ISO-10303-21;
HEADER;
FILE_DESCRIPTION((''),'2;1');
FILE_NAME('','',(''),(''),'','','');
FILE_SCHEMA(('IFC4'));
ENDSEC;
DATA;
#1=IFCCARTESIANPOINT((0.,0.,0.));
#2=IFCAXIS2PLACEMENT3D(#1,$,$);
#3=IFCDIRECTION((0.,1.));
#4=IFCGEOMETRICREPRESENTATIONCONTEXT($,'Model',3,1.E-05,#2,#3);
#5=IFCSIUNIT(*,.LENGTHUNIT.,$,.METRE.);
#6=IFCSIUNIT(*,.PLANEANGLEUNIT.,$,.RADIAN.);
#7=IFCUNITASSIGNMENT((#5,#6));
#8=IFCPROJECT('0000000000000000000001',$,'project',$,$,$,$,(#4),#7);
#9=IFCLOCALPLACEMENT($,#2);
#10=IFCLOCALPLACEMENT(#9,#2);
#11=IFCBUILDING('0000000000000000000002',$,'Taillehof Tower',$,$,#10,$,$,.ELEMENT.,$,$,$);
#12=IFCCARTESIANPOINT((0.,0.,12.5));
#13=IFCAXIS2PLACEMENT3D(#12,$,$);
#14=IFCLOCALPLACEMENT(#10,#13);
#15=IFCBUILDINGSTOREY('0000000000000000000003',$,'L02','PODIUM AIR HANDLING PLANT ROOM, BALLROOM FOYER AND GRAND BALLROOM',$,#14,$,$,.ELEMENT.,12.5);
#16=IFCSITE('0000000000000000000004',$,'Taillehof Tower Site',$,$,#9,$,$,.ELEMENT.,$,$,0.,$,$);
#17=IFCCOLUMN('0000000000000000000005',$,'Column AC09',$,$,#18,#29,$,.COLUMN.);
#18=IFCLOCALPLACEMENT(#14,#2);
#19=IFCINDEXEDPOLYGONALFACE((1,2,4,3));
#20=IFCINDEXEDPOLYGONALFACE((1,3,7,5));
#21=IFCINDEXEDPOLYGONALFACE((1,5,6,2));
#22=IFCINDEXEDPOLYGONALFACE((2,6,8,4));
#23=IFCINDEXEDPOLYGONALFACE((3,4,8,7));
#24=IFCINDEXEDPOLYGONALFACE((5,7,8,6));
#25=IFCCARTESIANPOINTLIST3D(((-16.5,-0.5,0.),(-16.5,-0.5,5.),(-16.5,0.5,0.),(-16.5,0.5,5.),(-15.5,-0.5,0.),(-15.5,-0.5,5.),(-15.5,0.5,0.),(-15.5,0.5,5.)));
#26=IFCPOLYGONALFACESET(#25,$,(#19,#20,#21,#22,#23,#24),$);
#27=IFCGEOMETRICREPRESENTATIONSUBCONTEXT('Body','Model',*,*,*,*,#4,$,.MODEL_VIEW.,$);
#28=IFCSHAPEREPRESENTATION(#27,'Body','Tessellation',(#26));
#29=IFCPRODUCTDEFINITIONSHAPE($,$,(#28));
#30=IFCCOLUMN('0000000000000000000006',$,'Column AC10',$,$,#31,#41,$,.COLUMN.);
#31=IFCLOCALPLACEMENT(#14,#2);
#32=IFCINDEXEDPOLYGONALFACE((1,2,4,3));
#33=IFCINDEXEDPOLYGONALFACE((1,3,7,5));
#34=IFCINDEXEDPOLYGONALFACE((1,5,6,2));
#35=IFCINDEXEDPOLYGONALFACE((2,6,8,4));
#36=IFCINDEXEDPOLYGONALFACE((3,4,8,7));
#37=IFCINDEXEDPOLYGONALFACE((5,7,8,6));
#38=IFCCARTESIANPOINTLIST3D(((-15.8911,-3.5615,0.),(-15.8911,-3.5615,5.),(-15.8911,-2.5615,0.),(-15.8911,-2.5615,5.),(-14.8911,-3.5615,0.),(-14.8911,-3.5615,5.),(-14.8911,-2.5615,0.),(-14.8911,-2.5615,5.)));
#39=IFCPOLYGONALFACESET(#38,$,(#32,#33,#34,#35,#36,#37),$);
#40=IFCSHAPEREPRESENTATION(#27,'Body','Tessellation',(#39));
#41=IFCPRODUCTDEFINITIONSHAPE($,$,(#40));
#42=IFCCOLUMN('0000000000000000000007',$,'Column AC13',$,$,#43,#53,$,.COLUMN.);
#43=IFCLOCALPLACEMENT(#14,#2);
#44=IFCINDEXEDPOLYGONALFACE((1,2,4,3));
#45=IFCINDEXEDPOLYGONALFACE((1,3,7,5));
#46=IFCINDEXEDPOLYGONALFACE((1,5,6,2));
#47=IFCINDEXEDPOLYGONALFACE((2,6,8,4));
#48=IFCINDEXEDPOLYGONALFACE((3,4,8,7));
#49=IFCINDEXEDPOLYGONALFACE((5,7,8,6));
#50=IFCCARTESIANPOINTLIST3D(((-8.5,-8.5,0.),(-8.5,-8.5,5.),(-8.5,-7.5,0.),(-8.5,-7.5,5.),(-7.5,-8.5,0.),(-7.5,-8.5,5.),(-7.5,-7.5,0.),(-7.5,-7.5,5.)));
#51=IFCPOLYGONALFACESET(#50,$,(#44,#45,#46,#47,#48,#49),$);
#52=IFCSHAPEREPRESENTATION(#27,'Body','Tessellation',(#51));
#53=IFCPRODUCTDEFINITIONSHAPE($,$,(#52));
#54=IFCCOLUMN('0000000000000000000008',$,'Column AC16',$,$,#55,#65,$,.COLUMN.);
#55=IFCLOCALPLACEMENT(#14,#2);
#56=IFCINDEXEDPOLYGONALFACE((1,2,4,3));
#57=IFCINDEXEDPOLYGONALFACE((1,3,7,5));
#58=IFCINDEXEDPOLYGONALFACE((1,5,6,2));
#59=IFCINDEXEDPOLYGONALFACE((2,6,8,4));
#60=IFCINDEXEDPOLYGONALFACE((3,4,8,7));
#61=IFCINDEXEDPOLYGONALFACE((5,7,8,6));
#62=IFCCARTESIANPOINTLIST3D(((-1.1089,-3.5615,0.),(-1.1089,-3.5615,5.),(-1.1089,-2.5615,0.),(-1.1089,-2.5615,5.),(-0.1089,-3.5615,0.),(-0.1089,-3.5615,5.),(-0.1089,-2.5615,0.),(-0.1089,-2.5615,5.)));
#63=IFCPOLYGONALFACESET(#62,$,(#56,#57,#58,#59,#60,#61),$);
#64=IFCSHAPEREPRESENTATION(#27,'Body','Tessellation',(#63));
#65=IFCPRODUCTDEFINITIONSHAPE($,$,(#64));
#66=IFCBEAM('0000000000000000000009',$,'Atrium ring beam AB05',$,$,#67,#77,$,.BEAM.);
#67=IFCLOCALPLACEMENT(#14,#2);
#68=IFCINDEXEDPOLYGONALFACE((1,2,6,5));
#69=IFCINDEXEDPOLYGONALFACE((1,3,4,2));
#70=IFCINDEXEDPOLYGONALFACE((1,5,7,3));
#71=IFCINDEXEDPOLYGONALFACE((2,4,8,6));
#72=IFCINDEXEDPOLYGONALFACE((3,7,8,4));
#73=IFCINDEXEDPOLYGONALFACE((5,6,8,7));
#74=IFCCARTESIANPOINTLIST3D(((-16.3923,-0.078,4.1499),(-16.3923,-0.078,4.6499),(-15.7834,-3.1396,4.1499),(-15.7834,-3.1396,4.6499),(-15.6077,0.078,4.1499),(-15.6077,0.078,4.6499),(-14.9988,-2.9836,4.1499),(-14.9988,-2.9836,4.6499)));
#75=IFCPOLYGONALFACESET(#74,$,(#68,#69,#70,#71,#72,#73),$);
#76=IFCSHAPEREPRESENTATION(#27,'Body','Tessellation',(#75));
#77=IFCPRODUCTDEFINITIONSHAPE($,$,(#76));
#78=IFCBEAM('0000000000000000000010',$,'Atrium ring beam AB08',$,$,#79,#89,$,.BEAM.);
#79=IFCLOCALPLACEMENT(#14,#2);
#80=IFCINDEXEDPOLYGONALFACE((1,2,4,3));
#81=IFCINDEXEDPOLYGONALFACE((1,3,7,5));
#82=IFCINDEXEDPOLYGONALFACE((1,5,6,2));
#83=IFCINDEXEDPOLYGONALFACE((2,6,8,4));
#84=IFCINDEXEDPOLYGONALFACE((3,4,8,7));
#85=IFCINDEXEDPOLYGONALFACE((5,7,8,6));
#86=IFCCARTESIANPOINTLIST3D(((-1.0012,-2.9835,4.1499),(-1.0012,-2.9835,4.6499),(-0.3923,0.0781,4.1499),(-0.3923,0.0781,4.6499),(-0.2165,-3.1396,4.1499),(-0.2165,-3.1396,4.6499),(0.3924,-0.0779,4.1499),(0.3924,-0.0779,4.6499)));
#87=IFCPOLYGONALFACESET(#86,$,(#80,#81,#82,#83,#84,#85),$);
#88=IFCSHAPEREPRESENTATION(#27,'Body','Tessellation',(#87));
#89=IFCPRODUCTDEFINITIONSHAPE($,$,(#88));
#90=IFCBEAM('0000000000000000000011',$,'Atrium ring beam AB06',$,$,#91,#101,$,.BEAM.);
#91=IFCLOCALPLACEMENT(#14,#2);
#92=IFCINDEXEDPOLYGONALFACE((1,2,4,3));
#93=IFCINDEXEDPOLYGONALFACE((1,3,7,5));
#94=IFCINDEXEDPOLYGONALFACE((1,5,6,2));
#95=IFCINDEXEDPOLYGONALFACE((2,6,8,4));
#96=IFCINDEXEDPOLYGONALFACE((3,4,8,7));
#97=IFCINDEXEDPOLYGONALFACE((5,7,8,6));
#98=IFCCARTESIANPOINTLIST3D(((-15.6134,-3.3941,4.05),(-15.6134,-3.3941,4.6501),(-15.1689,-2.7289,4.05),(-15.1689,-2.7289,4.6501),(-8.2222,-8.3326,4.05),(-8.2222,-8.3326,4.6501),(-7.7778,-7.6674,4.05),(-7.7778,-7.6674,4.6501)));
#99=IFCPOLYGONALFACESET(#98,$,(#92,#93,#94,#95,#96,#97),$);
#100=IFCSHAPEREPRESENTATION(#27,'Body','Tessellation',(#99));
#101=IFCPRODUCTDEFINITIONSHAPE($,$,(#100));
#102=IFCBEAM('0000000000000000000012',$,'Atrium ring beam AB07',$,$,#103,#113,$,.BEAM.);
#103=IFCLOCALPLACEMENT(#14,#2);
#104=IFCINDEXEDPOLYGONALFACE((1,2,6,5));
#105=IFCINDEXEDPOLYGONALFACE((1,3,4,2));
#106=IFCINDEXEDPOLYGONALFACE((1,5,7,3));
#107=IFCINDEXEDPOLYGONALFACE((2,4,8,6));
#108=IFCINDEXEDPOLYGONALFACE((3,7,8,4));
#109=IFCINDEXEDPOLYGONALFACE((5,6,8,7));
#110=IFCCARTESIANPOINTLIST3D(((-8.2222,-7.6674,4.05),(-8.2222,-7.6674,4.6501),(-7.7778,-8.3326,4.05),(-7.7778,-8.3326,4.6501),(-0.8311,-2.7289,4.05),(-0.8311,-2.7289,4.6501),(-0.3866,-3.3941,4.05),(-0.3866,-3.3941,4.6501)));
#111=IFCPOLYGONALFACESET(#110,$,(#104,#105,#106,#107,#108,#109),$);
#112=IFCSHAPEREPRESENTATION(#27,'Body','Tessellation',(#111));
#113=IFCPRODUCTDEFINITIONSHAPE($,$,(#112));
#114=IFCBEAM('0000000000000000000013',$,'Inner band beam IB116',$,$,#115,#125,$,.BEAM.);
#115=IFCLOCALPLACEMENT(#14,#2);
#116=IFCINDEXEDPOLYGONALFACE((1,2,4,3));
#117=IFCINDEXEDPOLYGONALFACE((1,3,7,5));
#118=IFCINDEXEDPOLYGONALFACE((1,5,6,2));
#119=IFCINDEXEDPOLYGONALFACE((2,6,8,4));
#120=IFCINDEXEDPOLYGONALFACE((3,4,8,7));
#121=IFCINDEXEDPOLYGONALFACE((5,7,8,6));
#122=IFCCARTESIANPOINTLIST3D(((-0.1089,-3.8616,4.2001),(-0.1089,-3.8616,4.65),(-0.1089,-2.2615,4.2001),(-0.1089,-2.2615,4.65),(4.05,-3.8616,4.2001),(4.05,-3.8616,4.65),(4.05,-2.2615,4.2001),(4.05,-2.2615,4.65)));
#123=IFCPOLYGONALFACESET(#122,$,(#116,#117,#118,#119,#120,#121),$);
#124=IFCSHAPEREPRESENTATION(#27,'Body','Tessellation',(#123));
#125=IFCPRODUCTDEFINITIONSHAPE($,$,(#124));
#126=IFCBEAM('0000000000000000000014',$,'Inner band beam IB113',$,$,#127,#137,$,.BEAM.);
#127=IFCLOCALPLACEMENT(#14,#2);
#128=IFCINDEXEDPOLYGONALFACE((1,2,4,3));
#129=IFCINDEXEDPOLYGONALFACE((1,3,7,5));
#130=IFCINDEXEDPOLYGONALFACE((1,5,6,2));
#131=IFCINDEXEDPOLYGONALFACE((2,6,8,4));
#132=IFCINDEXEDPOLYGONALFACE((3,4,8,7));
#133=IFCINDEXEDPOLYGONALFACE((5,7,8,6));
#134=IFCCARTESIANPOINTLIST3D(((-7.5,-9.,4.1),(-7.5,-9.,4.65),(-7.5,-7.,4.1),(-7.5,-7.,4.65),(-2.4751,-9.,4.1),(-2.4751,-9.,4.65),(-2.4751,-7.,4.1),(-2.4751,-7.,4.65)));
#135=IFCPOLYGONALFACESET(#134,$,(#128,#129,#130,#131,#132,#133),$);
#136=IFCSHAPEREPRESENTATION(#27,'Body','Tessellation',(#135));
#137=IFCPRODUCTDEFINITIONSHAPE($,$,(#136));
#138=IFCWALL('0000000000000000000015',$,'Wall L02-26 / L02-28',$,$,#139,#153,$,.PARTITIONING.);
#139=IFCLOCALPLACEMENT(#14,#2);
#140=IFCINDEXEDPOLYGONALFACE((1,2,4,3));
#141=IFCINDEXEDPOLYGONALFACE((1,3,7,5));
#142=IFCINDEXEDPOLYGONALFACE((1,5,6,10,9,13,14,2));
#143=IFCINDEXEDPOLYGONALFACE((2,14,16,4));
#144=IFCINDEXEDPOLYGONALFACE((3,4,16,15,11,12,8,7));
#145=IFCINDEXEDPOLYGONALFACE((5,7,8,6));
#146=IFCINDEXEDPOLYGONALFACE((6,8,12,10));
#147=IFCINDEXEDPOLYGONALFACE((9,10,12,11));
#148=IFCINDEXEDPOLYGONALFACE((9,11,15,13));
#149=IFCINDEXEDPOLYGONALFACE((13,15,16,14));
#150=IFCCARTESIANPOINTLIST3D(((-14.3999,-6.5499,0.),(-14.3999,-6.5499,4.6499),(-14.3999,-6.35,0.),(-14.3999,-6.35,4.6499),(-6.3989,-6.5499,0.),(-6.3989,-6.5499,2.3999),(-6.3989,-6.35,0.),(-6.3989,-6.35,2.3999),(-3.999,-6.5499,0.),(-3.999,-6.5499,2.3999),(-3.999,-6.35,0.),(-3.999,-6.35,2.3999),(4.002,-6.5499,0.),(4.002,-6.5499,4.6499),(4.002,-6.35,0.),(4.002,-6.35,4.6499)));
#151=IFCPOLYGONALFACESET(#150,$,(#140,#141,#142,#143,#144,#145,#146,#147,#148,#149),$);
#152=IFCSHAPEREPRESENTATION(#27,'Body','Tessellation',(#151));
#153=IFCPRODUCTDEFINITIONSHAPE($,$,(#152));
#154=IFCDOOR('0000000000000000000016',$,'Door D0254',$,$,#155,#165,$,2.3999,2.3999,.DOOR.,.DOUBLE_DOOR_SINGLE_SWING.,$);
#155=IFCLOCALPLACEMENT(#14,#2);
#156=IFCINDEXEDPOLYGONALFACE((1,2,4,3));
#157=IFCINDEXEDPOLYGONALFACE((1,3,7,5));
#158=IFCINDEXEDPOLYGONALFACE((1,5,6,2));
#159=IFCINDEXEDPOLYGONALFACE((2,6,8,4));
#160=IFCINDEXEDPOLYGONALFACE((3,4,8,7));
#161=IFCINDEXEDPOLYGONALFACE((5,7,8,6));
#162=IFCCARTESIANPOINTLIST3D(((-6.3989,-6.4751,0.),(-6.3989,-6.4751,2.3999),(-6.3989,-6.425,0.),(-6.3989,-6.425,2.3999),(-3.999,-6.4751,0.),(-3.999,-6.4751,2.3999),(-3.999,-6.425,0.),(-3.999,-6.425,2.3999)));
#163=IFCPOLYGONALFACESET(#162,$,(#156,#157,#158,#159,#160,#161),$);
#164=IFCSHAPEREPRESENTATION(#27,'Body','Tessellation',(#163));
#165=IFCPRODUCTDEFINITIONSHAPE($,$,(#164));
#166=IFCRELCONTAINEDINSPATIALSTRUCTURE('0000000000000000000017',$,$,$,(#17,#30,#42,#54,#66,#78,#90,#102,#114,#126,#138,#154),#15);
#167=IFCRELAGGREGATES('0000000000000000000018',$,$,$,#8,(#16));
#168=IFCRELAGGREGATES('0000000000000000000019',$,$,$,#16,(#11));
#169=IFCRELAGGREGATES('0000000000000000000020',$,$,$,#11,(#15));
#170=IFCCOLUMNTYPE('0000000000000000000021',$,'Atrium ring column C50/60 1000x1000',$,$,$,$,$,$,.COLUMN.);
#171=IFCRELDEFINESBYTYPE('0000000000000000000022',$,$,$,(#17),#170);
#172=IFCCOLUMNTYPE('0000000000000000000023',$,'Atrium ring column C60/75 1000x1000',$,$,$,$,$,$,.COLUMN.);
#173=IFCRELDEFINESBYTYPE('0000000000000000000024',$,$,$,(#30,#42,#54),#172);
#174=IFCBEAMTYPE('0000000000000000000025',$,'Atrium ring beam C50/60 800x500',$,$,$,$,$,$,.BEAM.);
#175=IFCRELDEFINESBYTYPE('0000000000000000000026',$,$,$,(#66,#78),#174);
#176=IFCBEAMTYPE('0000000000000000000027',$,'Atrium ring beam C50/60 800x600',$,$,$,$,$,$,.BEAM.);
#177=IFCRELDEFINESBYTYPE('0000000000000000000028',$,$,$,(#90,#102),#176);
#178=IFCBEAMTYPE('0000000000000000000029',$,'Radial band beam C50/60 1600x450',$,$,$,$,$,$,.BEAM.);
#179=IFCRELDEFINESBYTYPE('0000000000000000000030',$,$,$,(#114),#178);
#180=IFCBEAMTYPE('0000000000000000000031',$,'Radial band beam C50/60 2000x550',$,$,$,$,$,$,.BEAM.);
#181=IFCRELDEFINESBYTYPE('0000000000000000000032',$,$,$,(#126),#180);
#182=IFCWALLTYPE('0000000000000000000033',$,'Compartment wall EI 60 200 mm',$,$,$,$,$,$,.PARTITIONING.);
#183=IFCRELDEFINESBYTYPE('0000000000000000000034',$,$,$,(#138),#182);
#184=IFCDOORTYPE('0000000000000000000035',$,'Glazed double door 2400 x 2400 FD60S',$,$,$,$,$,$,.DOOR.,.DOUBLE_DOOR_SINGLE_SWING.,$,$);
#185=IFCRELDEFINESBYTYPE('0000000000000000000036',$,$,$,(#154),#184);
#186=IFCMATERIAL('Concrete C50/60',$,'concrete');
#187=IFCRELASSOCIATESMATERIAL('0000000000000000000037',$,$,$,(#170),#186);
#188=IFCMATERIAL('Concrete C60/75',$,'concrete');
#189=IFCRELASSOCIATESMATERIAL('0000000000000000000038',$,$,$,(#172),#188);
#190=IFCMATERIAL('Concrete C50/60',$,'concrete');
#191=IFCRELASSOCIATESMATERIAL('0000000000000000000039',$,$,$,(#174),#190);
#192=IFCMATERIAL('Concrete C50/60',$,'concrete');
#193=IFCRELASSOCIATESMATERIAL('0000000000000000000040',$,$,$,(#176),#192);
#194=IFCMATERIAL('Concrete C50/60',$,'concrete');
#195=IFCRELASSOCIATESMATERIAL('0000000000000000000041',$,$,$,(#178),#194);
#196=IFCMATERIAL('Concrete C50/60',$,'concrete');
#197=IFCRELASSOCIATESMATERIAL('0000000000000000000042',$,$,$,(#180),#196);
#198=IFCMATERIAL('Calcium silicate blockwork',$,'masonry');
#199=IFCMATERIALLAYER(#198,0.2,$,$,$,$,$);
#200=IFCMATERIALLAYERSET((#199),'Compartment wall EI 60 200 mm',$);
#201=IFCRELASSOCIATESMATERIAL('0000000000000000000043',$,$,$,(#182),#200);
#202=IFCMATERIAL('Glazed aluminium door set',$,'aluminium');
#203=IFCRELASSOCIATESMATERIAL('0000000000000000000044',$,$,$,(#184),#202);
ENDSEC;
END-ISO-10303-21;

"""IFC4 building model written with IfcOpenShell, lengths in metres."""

from ifc_helpers import new_model, si_unit, direction, frame, frame_2d, origin, origin_2d, place, context, subcontext, project, spatial, rectangle, extrude, material, layer, layer_set, material_profile, profile_set, type_object, element, fill, save


model = new_model("IFC4")

# Units and contexts
model_context = context("Model", 3, precision=1e-05, world=origin(), true_north=direction((0.0, 1.0)))
body_context = subcontext(model_context, "Body", "Model", "MODEL_VIEW")
ifc_project = project(units=[si_unit("LENGTHUNIT", "METRE"), si_unit("PLANEANGLEUNIT", "RADIAN")], contexts=[model_context])

# Site, building, storey
site_placement = place(None, origin())
site = spatial("IfcSite", under=ifc_project, at=site_placement, Name="Taillehof Tower Site", CompositionType="ELEMENT", RefElevation=0.0)
building_placement = place(site_placement, origin())
building = spatial("IfcBuilding", under=site, at=building_placement, Name="Taillehof Tower", CompositionType="ELEMENT")
storey_placement = place(building_placement, frame((0.0, 0.0, 12.5)))
storey = spatial("IfcBuildingStorey", under=building, at=storey_placement, Name="L02", Description="PODIUM AIR HANDLING PLANT ROOM, BALLROOM FOYER AND GRAND BALLROOM", CompositionType="ELEMENT", Elevation=12.5)

# Columns
ifc_material_1 = material(Name="Concrete C50/60", Category="concrete")
ifc_material_profile_1 = material_profile(ifc_material_1, rectangle(XDim=1.0, YDim=1.0, at=origin_2d()), Name="RC 1000x1000")
ifc_profile_set_1 = profile_set([ifc_material_profile_1], Name="Concrete C50/60")
column_type_1 = type_object("IfcColumnType", Name="Atrium ring column C50/60 1000x1000", PredefinedType="COLUMN", material=ifc_profile_set_1)
column_placement = place(storey_placement, frame((-16.0, 0.0, 0.0), z_axis=(0.0, 0.0, 1.0), x_axis=(1.0, 0.0, 0.0)))
element("IfcColumn", 1, at=column_placement, inside=storey, type_object=column_type_1, Name="Column AC09", PredefinedType="COLUMN", context=body_context, shape_type="SweptSolid", body=[
    extrude(rectangle(XDim=1.0, YDim=1.0, at=origin_2d()), origin(), (0.0, 0.0, 1.0), 5.0),
])
ifc_material_2 = material(Name="Concrete C60/75", Category="concrete")
ifc_material_profile_2 = material_profile(ifc_material_2, rectangle(XDim=1.0, YDim=1.0, at=origin_2d()), Name="RC 1000x1000")
ifc_profile_set_2 = profile_set([ifc_material_profile_2], Name="Concrete C60/75")
column_type_2 = type_object("IfcColumnType", Name="Atrium ring column C60/75 1000x1000", PredefinedType="COLUMN", material=ifc_profile_set_2)
for number, where, z_axis, x_axis, name in (
    (2, (-15.3911, -3.0615, 0.0), (0.0, 0.0, 1.0), (1.0, 0.0, 0.0), "Column AC10"),
    (3, (-8.0, -8.0, 0.0), (0.0, 0.0, 1.0), (1.0, 0.0, 0.0), "Column AC13"),
    (4, (-0.6089, -3.0615, 0.0), (0.0, 0.0, 1.0), (1.0, 0.0, 0.0), "Column AC16"),
):
    element("IfcColumn", number, at=place(storey_placement, frame(where, z_axis=z_axis, x_axis=x_axis)), inside=storey, type_object=column_type_2, Name=name, PredefinedType="COLUMN", context=body_context, shape_type="SweptSolid", body=[
        extrude(rectangle(XDim=1.0, YDim=1.0, at=origin_2d()), origin(), (0.0, 0.0, 1.0), 5.0),
    ])

# Beams
ifc_material_3 = material(Name="Concrete C50/60", Category="concrete")
ifc_material_profile_3 = material_profile(ifc_material_3, rectangle(XDim=0.8, YDim=0.5, at=origin_2d()), Name="RC 800x500")
ifc_profile_set_3 = profile_set([ifc_material_profile_3], Name="Concrete C50/60")
beam_type_1 = type_object("IfcBeamType", Name="Atrium ring beam C50/60 800x500", PredefinedType="BEAM", material=ifc_profile_set_3)
for number, where, z_axis, x_axis, name in (
    (5, (-16.0, 0.0, 4.3999), (0.195063, -0.980791, 0.0), (0.980791, 0.195063, 0.0), "Atrium ring beam AB05"),
    (6, (-0.6089, -3.0615, 4.3999), (0.195063, 0.980791, 0.0), (-0.980791, 0.195063, 0.0), "Atrium ring beam AB08"),
):
    element("IfcBeam", number, at=place(storey_placement, frame(where, z_axis=z_axis, x_axis=x_axis)), inside=storey, type_object=beam_type_1, Name=name, PredefinedType="BEAM", context=body_context, shape_type="SweptSolid", body=[
        extrude(rectangle(XDim=0.8, YDim=0.5, at=origin_2d()), origin(), (0.0, 0.0, 1.0), 3.1216),
    ])
ifc_material_4 = material(Name="Concrete C50/60", Category="concrete")
ifc_material_profile_4 = material_profile(ifc_material_4, rectangle(XDim=0.8, YDim=0.6001, at=origin_2d()), Name="RC 800x600")
ifc_profile_set_4 = profile_set([ifc_material_profile_4], Name="Concrete C50/60")
beam_type_2 = type_object("IfcBeamType", Name="Atrium ring beam C50/60 800x600", PredefinedType="BEAM", material=ifc_profile_set_4)
for number, where, z_axis, x_axis, name in (
    (7, (-15.3911, -3.0615, 4.3501), (0.831475, -0.555562, 0.0), (0.555562, 0.831475, 0.0), "Atrium ring beam AB06"),
    (8, (-8.0, -8.0, 4.3501), (0.831475, 0.555562, 0.0), (-0.555562, 0.831475, 0.0), "Atrium ring beam AB07"),
):
    element("IfcBeam", number, at=place(storey_placement, frame(where, z_axis=z_axis, x_axis=x_axis)), inside=storey, type_object=beam_type_2, Name=name, PredefinedType="BEAM", context=body_context, shape_type="SweptSolid", body=[
        extrude(rectangle(XDim=0.8, YDim=0.6001, at=origin_2d()), origin(), (0.0, 0.0, 1.0), 8.8892),
    ])
ifc_material_5 = material(Name="Concrete C50/60", Category="concrete")
ifc_material_profile_5 = material_profile(ifc_material_5, rectangle(XDim=1.6001, YDim=0.45, at=origin_2d()), Name="RC 1600x450")
ifc_profile_set_5 = profile_set([ifc_material_profile_5], Name="Concrete C50/60")
beam_type_3 = type_object("IfcBeamType", Name="Radial band beam C50/60 1600x450", PredefinedType="BEAM", material=ifc_profile_set_5)
beam_1_placement = place(storey_placement, frame((-0.1089, -3.0615, 4.425), z_axis=(1.0, 0.0, 0.0), x_axis=(0.0, 1.0, 0.0)))
element("IfcBeam", 9, at=beam_1_placement, inside=storey, type_object=beam_type_3, Name="Inner band beam IB116", PredefinedType="BEAM", context=body_context, shape_type="SweptSolid", body=[
    extrude(rectangle(XDim=1.6001, YDim=0.45, at=origin_2d()), origin(), (0.0, 0.0, 1.0), 4.1589),
])
ifc_material_6 = material(Name="Concrete C50/60", Category="concrete")
ifc_material_profile_6 = material_profile(ifc_material_6, rectangle(XDim=2.0, YDim=0.55, at=origin_2d()), Name="RC 2000x550")
ifc_profile_set_6 = profile_set([ifc_material_profile_6], Name="Concrete C50/60")
beam_type_4 = type_object("IfcBeamType", Name="Radial band beam C50/60 2000x550", PredefinedType="BEAM", material=ifc_profile_set_6)
beam_2_placement = place(storey_placement, frame((-7.5, -8.0, 4.375), z_axis=(1.0, 0.0, 0.0), x_axis=(0.0, 1.0, 0.0)))
element("IfcBeam", 10, at=beam_2_placement, inside=storey, type_object=beam_type_4, Name="Inner band beam IB113", PredefinedType="BEAM", context=body_context, shape_type="SweptSolid", body=[
    extrude(rectangle(XDim=2.0, YDim=0.55, at=origin_2d()), origin(), (0.0, 0.0, 1.0), 5.0249),
])

# Wall, opening, door
ifc_material_7 = material(Name="Calcium silicate blockwork", Category="masonry")
ifc_layer_1 = layer(ifc_material_7, 0.2)
ifc_layer_set_1 = layer_set([ifc_layer_1], Name="Compartment wall EI 60 200 mm")
wall_type_1 = type_object("IfcWallType", Name="Compartment wall EI 60 200 mm", PredefinedType="PARTITIONING", material=ifc_layer_set_1)
wall_1_placement = place(storey_placement, frame((-14.3999, -6.45, 0.0), z_axis=(0.0, 0.0, 1.0), x_axis=(1.0, 0.0, 0.0)))
wall_1 = element("IfcWall", 11, at=wall_1_placement, inside=storey, type_object=wall_type_1, Name="Wall L02-26 / L02-28", PredefinedType="PARTITIONING", context=body_context, shape_type="SweptSolid", body=[
    extrude(rectangle(XDim=18.4019, YDim=0.2, at=frame_2d((9.2009, 0.0))), origin(), (0.0, 0.0, 1.0), 4.6499),
])
opening_1_placement = place(wall_1_placement, frame((8.001, 0.0, 0.0)))
opening_1 = element("IfcOpeningElement", 12, at=opening_1_placement, cuts=wall_1, PredefinedType="OPENING", context=body_context, shape_type="SweptSolid", body=[
    extrude(rectangle(XDim=2.3999, YDim=2.3999, at=frame_2d((1.2, 1.2))), frame((0.0, 0.1099, 0.0), z_axis=(0.0, -1.0, 0.0), x_axis=(1.0, 0.0, 0.0)), (0.0, 0.0, 1.0), 0.22),
])
ifc_material_8 = material(Name="Glazed aluminium door set", Category="aluminium")
door_type_1 = type_object("IfcDoorType", Name="Glazed double door 2400 x 2400 FD60S", OperationType="DOUBLE_DOOR_SINGLE_SWING", PredefinedType="DOOR", material=ifc_material_8)
door_1_placement = place(opening_1_placement, origin())
door_1 = element("IfcDoor", 13, at=door_1_placement, inside=storey, type_object=door_type_1, Name="Door D0254", OperationType="DOUBLE_DOOR_SINGLE_SWING", OverallHeight=2.3999, OverallWidth=2.3999, PredefinedType="DOOR", context=body_context, shape_type="SweptSolid", body=[
    extrude(rectangle(XDim=2.3999, YDim=2.3999, at=frame_2d((1.2, 1.2))), frame((0.0, 0.0249, 0.0), z_axis=(0.0, -1.0, 0.0), x_axis=(1.0, 0.0, 0.0)), (0.0, 0.0, 1.0), 0.05),
])
fill(opening_1, door_1)

save(model, "model.ifc")
